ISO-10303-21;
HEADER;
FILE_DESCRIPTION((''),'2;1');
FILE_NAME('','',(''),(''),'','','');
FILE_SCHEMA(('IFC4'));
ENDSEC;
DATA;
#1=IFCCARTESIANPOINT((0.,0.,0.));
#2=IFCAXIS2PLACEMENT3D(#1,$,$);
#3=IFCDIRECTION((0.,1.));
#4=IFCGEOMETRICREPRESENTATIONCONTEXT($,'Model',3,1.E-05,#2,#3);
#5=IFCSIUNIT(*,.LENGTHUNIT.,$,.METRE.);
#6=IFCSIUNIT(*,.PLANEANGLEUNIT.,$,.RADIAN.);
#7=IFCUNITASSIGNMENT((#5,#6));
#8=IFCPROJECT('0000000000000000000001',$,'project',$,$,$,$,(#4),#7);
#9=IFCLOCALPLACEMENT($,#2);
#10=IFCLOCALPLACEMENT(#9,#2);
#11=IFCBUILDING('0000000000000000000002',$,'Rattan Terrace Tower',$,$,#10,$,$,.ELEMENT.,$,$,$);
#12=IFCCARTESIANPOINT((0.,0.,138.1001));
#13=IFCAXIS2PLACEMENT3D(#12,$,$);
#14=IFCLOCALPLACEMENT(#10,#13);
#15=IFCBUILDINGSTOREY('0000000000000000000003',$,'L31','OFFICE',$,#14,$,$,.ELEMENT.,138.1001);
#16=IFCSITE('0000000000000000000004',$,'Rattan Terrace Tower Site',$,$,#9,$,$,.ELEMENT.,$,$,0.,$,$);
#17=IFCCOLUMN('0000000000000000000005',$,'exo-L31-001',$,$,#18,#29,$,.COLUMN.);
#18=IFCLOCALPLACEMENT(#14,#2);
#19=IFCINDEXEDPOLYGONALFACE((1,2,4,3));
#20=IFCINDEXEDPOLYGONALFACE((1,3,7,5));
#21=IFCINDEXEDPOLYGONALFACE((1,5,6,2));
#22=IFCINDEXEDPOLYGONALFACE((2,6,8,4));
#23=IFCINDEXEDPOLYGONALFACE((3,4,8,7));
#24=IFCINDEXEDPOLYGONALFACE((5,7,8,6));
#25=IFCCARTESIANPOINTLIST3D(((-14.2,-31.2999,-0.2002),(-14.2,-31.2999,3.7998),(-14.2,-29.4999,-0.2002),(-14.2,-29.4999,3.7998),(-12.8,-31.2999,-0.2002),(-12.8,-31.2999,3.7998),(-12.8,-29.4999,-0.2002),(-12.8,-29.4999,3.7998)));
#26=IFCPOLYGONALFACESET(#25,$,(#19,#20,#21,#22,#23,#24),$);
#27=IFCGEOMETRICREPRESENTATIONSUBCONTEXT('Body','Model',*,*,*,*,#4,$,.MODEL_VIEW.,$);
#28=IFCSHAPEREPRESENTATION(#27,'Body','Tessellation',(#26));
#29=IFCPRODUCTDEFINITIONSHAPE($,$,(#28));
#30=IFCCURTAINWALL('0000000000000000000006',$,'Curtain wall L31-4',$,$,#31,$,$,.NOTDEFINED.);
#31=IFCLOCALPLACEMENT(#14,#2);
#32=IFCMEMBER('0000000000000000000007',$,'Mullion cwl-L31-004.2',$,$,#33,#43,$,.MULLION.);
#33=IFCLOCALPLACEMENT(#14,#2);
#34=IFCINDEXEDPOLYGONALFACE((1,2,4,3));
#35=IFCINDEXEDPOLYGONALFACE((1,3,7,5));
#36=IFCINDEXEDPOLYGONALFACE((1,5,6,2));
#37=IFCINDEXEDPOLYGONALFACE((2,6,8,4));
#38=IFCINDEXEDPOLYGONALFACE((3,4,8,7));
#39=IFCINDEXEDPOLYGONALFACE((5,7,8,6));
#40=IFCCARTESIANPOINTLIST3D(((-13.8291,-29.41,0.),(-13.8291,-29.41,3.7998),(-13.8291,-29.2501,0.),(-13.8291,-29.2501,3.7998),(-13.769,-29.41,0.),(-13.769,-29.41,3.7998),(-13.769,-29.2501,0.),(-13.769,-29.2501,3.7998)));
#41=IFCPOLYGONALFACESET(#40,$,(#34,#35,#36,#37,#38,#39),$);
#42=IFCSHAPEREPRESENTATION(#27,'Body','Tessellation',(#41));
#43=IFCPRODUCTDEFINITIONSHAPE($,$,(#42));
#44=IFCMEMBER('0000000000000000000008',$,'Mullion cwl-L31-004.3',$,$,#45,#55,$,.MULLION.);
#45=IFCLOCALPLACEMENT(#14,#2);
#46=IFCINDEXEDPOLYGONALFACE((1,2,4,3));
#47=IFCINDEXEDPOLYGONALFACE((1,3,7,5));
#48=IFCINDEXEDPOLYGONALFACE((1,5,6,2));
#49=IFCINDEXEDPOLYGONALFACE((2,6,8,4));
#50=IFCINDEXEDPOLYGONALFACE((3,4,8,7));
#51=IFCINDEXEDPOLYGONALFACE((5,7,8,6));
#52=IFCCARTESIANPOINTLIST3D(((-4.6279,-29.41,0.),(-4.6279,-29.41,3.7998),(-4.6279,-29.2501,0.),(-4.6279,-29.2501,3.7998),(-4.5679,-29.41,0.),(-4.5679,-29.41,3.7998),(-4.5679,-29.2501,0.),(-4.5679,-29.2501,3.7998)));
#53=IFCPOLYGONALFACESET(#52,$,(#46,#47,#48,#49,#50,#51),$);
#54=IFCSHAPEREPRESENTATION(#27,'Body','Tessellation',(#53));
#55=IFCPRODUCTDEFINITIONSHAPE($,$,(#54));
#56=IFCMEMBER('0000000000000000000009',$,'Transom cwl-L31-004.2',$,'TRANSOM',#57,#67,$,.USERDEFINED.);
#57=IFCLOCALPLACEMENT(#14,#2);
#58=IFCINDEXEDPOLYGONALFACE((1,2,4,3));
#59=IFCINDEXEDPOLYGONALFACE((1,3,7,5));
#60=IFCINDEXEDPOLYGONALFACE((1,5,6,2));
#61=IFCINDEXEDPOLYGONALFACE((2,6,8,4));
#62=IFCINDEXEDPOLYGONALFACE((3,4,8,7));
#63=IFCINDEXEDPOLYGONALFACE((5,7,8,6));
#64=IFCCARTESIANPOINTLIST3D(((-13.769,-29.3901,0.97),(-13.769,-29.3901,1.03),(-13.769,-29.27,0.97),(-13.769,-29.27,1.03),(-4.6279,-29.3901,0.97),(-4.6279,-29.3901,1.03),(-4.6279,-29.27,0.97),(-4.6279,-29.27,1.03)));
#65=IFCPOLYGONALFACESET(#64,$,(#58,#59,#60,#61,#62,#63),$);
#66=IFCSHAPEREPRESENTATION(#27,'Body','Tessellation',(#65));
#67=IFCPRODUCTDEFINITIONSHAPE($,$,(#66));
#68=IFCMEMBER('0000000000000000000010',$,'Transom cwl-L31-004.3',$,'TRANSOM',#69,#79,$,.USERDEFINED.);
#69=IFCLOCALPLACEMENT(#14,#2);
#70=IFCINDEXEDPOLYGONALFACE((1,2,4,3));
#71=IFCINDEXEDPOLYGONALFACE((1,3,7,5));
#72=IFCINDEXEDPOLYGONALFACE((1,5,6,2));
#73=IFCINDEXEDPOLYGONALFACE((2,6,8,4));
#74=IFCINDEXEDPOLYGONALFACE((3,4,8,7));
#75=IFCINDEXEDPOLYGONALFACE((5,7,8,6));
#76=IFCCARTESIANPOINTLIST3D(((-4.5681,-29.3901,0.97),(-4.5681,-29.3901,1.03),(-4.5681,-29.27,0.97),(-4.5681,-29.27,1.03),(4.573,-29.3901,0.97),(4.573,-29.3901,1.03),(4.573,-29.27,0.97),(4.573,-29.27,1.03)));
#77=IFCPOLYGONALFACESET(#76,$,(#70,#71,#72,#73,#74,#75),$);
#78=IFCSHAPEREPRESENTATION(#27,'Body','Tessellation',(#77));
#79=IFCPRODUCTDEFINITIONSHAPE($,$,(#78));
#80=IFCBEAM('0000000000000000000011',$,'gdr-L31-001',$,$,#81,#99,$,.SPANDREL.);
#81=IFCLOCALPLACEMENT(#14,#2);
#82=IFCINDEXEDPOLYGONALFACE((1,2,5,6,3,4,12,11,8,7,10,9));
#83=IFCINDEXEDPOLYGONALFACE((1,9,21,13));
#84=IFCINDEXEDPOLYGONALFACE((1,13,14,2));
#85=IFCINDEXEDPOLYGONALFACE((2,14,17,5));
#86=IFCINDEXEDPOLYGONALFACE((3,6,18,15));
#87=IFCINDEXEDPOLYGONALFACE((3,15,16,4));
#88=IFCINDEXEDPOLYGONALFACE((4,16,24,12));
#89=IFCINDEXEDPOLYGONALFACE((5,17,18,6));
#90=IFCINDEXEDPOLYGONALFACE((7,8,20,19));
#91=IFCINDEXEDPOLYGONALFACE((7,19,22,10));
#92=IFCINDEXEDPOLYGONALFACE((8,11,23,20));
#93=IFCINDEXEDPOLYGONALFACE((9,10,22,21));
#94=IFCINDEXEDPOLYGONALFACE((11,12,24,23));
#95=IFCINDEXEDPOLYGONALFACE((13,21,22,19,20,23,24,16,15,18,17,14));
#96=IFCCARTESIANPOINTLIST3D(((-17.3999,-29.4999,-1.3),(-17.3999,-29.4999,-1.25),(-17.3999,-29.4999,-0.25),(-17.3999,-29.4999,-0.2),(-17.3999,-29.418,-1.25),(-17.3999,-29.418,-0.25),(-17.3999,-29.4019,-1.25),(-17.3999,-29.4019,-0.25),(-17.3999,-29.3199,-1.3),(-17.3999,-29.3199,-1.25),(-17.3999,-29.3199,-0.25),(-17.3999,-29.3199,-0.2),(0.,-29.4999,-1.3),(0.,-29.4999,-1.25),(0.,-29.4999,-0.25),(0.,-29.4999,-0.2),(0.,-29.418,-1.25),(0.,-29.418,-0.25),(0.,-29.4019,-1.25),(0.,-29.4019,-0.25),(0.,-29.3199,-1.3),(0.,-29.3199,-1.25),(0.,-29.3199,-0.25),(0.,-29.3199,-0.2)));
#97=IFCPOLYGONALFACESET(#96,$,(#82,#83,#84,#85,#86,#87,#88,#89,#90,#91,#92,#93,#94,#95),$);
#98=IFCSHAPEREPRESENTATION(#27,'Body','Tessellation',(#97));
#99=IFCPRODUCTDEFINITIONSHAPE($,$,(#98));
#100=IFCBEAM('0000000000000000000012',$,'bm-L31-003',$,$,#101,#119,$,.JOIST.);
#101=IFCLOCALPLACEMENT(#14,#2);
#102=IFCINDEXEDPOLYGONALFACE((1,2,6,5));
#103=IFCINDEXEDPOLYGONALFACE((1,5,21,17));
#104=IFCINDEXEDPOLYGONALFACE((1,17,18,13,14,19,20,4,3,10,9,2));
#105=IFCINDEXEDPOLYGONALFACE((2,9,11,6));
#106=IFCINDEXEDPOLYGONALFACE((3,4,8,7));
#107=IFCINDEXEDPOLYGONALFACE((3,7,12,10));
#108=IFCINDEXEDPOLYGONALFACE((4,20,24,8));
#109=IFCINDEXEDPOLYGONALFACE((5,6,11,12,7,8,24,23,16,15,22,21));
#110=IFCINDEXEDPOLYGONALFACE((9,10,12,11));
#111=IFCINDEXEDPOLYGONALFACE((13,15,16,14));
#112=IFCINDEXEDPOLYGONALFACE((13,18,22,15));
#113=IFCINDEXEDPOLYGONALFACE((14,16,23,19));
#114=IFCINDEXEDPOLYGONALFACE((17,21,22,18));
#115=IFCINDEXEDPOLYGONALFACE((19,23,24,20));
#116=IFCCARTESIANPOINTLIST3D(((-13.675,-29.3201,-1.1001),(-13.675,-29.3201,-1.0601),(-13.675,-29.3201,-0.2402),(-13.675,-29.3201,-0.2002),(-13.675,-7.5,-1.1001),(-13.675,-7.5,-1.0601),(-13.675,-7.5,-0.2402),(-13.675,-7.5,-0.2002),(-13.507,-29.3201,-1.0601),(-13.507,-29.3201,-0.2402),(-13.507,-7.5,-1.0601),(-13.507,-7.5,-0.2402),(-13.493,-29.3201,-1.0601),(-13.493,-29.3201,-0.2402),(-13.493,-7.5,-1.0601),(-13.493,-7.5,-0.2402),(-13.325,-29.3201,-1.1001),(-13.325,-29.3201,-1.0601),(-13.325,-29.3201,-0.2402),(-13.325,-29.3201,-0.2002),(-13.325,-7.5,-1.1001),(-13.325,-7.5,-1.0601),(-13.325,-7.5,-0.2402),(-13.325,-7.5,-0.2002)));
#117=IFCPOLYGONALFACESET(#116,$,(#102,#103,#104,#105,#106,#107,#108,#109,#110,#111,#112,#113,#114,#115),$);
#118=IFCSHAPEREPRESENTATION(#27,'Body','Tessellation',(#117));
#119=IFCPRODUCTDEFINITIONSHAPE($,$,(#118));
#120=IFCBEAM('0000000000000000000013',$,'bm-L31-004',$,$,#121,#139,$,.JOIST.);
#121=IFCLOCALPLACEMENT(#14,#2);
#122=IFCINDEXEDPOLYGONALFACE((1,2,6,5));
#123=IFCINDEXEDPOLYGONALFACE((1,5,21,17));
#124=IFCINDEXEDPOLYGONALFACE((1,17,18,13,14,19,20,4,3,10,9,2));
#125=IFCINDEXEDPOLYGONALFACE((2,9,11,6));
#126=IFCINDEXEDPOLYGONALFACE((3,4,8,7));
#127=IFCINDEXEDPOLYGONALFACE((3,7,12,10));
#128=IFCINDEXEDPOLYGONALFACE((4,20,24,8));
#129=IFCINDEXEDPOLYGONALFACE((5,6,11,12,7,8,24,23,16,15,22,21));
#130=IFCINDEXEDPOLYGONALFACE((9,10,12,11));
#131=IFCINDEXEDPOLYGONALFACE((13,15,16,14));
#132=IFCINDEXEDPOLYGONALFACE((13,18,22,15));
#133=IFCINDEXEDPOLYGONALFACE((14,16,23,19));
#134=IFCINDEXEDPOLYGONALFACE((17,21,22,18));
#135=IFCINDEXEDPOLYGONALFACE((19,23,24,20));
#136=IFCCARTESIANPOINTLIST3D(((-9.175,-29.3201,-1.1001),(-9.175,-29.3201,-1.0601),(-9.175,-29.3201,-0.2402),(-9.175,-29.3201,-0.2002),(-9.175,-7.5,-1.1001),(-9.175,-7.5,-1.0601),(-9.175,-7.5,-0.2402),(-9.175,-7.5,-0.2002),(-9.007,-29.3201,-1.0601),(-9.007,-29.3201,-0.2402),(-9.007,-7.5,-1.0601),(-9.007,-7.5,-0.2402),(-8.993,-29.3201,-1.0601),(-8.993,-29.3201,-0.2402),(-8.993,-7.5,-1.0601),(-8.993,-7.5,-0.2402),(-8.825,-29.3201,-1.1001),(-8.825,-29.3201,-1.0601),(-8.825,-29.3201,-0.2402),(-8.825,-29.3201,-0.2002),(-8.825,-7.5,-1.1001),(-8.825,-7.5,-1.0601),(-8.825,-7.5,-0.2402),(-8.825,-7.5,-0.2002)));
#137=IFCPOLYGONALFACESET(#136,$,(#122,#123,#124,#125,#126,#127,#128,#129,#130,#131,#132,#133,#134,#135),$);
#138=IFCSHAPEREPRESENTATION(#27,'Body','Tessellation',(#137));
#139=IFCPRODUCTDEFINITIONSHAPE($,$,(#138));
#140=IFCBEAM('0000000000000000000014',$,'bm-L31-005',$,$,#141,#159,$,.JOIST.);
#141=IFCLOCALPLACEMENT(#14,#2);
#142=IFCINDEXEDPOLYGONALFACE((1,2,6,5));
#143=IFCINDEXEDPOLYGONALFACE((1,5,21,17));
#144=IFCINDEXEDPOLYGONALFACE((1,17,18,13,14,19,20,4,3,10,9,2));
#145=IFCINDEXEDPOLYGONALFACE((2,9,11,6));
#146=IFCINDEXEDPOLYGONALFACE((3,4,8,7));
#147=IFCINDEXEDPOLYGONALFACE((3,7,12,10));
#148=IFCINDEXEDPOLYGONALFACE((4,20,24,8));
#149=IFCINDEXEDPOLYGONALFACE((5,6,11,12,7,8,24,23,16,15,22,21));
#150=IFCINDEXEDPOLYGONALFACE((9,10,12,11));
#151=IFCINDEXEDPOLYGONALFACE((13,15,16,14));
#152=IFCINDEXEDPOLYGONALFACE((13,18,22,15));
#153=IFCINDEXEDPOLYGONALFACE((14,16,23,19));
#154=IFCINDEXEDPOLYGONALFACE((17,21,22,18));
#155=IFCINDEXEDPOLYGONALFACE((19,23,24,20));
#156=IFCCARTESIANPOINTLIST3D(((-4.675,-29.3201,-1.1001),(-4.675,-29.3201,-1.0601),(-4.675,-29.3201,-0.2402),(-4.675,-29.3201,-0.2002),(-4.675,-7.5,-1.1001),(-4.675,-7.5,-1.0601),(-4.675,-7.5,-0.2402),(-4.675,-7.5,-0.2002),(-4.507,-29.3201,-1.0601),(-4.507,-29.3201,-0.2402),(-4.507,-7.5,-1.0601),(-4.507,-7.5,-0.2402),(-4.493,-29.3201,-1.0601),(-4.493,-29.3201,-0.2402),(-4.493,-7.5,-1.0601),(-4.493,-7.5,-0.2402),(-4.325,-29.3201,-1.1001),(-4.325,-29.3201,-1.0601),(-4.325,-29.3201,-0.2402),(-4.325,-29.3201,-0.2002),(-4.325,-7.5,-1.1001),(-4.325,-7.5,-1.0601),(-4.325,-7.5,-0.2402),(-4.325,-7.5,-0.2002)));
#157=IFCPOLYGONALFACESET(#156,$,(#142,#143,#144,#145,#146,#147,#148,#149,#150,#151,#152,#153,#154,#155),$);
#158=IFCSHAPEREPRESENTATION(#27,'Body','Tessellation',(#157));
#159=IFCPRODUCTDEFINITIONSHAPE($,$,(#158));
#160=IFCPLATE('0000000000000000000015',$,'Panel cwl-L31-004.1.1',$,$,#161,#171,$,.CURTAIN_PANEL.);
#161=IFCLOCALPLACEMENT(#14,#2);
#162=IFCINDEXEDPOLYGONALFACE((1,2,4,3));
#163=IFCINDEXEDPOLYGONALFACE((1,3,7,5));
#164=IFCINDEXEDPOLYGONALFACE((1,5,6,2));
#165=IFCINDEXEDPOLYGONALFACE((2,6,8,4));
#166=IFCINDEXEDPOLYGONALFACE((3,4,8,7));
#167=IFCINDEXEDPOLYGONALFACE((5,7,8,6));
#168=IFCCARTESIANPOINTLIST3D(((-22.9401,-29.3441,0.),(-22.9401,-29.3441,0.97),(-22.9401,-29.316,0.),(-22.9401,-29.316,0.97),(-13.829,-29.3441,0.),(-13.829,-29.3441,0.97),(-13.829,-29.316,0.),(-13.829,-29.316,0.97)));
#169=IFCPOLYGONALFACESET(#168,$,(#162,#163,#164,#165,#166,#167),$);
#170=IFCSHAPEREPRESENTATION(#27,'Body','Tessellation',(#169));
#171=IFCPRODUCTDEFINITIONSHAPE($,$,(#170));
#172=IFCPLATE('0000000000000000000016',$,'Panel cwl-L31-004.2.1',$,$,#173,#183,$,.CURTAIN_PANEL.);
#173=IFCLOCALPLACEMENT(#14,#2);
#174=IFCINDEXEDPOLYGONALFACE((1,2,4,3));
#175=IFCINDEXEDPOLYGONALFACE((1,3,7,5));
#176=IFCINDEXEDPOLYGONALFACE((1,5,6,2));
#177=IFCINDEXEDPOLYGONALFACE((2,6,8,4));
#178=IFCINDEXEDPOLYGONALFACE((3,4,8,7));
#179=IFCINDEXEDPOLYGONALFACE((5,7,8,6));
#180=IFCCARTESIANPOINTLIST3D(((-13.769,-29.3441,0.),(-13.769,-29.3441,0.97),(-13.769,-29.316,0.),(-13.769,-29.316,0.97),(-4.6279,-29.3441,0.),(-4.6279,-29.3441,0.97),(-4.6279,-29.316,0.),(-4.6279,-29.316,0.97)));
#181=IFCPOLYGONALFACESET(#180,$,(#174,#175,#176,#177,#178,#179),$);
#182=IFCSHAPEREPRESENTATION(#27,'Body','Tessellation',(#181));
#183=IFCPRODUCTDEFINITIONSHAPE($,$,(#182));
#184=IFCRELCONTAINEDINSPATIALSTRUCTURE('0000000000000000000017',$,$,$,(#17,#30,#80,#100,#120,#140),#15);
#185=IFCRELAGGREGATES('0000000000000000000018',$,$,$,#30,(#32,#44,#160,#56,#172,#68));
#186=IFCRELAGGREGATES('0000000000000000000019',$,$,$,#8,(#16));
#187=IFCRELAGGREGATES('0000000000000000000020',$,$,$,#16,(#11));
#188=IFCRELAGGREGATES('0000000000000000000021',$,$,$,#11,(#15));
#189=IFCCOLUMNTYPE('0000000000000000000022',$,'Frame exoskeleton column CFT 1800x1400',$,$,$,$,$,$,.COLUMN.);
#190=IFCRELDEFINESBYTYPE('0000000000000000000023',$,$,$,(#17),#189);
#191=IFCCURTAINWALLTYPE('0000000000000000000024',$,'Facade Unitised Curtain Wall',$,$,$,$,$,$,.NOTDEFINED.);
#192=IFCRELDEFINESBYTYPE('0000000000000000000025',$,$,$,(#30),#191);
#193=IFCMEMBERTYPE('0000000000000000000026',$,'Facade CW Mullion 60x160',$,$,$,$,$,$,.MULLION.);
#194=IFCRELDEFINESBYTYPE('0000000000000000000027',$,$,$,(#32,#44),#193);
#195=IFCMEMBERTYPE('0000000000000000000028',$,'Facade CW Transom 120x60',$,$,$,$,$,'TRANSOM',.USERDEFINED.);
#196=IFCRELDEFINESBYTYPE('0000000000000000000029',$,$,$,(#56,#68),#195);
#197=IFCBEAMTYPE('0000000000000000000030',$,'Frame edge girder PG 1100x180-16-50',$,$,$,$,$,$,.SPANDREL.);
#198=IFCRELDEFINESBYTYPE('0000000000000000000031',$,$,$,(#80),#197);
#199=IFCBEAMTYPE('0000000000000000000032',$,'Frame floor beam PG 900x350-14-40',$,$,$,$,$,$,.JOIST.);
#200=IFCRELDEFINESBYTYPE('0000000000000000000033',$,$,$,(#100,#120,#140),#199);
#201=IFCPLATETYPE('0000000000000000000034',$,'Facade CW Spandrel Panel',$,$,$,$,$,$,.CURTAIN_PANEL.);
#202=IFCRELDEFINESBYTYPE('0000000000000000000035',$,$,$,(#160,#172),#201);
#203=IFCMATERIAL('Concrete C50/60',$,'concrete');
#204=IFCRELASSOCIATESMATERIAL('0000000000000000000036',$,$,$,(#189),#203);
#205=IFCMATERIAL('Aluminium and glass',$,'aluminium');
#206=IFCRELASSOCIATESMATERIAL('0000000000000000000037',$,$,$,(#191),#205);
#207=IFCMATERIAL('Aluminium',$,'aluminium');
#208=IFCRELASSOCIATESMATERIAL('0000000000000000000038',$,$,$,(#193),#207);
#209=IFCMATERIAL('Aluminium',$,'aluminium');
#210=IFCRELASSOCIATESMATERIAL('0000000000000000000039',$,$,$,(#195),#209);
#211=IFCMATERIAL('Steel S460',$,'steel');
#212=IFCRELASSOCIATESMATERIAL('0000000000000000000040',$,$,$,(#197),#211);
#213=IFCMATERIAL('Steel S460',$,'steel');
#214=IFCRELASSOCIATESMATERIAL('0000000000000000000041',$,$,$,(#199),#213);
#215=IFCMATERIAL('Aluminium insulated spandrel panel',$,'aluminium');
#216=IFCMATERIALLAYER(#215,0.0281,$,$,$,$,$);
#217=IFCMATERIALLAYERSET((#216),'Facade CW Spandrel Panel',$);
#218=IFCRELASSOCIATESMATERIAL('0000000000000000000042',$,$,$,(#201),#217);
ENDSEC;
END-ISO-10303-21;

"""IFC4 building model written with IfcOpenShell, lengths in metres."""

from ifc_helpers import new_model, si_unit, direction, frame, origin, origin_2d, place, context, subcontext, project, spatial, rectangle, i_section, extrude, material, layer, layer_set, material_profile, profile_set, type_object, element, aggregate, save


model = new_model("IFC4")

# Units and contexts
model_context = context("Model", 3, precision=1e-05, world=origin(), true_north=direction((0.0, 1.0)))
body_context = subcontext(model_context, "Body", "Model", "MODEL_VIEW")
ifc_project = project(units=[si_unit("LENGTHUNIT", "METRE"), si_unit("PLANEANGLEUNIT", "RADIAN")], contexts=[model_context])

# Site, building, storey
site_placement = place(None, origin())
site = spatial("IfcSite", under=ifc_project, at=site_placement, Name="Rattan Terrace Tower Site", CompositionType="ELEMENT", RefElevation=0.0)
building_placement = place(site_placement, origin())
building = spatial("IfcBuilding", under=site, at=building_placement, Name="Rattan Terrace Tower", CompositionType="ELEMENT")
storey_placement = place(building_placement, frame((0.0, 0.0, 138.1001)))
storey = spatial("IfcBuildingStorey", under=building, at=storey_placement, Name="L31", Description="OFFICE", CompositionType="ELEMENT", Elevation=138.1001)

# Column
ifc_material_1 = material(Name="Concrete C50/60", Category="concrete")
ifc_material_profile_1 = material_profile(ifc_material_1, rectangle(XDim=1.3999, YDim=1.8, at=origin_2d()), Name="CFT 1800x1400")
ifc_profile_set_1 = profile_set([ifc_material_profile_1], Name="Concrete C50/60")
column_type = type_object("IfcColumnType", Name="Frame exoskeleton column CFT 1800x1400", PredefinedType="COLUMN", material=ifc_profile_set_1)
column_placement = place(storey_placement, frame((-13.5, -30.3999, -0.2002), z_axis=(0.0, 0.0, 1.0), x_axis=(1.0, 0.0, 0.0)))
element("IfcColumn", 1, at=column_placement, inside=storey, type_object=column_type, Name="exo-L31-001", PredefinedType="COLUMN", context=body_context, shape_type="SweptSolid", body=[
    extrude(rectangle(XDim=1.3999, YDim=1.8, at=origin_2d()), origin(), (0.0, 0.0, 1.0), 4.0),
])

# Curtain wall, members
ifc_material_2 = material(Name="Aluminium and glass", Category="aluminium")
curtain_wall_type = type_object("IfcCurtainWallType", Name="Facade Unitised Curtain Wall", PredefinedType="NOTDEFINED", material=ifc_material_2)
curtain_wall_placement = place(storey_placement, origin())
curtain_wall = element("IfcCurtainWall", 2, at=curtain_wall_placement, inside=storey, type_object=curtain_wall_type, Name="Curtain wall L31-4", PredefinedType="NOTDEFINED")
ifc_material_3 = material(Name="Aluminium", Category="aluminium")
ifc_material_profile_2 = material_profile(ifc_material_3, rectangle(XDim=0.0601, YDim=0.1599, at=origin_2d()), Name="Aluminium 60x160")
ifc_profile_set_2 = profile_set([ifc_material_profile_2], Name="Aluminium")
member_type_1 = type_object("IfcMemberType", Name="Facade CW Mullion 60x160", PredefinedType="MULLION", material=ifc_profile_set_2)
member_1_placement = place(storey_placement, frame((-13.7991, -29.3301, 0.0), z_axis=(0.0, 0.0, 1.0), x_axis=(1.0, 0.0, 0.0)))
member_1 = element("IfcMember", 3, at=member_1_placement, type_object=member_type_1, Name="Mullion cwl-L31-004.2", PredefinedType="MULLION", context=body_context, shape_type="SweptSolid", body=[
    extrude(rectangle(XDim=0.0601, YDim=0.1599, at=origin_2d()), origin(), (0.0, 0.0, 1.0), 3.7998),
])
member_2_placement = place(storey_placement, frame((-4.5979, -29.3301, 0.0), z_axis=(0.0, 0.0, 1.0), x_axis=(1.0, 0.0, 0.0)))
member_2 = element("IfcMember", 4, at=member_2_placement, type_object=member_type_1, Name="Mullion cwl-L31-004.3", PredefinedType="MULLION", context=body_context, shape_type="SweptSolid", body=[
    extrude(rectangle(XDim=0.0601, YDim=0.1599, at=origin_2d()), origin(), (0.0, 0.0, 1.0), 3.7998),
])
ifc_material_4 = material(Name="Aluminium", Category="aluminium")
ifc_material_profile_3 = material_profile(ifc_material_4, rectangle(XDim=0.1201, YDim=0.0601, at=origin_2d()), Name="Aluminium 120x60")
ifc_profile_set_3 = profile_set([ifc_material_profile_3], Name="Aluminium")
member_type_2 = type_object("IfcMemberType", Name="Facade CW Transom 120x60", ElementType="TRANSOM", PredefinedType="USERDEFINED", material=ifc_profile_set_3)
member_3_placement = place(storey_placement, frame((-13.769, -29.3301, 1.0), z_axis=(1.0, 0.0, 0.0), x_axis=(0.0, 1.0, 0.0)))
member_3 = element("IfcMember", 5, at=member_3_placement, type_object=member_type_2, Name="Transom cwl-L31-004.2", ObjectType="TRANSOM", PredefinedType="USERDEFINED", context=body_context, shape_type="SweptSolid", body=[
    extrude(rectangle(XDim=0.1201, YDim=0.0601, at=origin_2d()), origin(), (0.0, 0.0, 1.0), 9.1411),
])
member_4_placement = place(storey_placement, frame((-4.5681, -29.3301, 1.0), z_axis=(1.0, 0.0, 0.0), x_axis=(0.0, 1.0, 0.0)))
member_4 = element("IfcMember", 6, at=member_4_placement, type_object=member_type_2, Name="Transom cwl-L31-004.3", ObjectType="TRANSOM", PredefinedType="USERDEFINED", context=body_context, shape_type="SweptSolid", body=[
    extrude(rectangle(XDim=0.1201, YDim=0.0601, at=origin_2d()), origin(), (0.0, 0.0, 1.0), 9.1411),
])

# Beams
ifc_material_5 = material(Name="Steel S460", Category="steel")
ifc_material_profile_4 = material_profile(ifc_material_5, i_section(OverallWidth=0.1799, OverallDepth=1.1001, WebThickness=0.0161, FlangeThickness=0.05, at=origin_2d()), Name="PG 1100x180-16-50")
ifc_profile_set_4 = profile_set([ifc_material_profile_4], Name="Steel S460")
beam_type_1 = type_object("IfcBeamType", Name="Frame edge girder PG 1100x180-16-50", PredefinedType="SPANDREL", material=ifc_profile_set_4)
beam_placement = place(storey_placement, frame((-17.3999, -29.4099, -0.75), z_axis=(1.0, 0.0, 0.0), x_axis=(0.0, 1.0, 0.0)))
element("IfcBeam", 7, at=beam_placement, inside=storey, type_object=beam_type_1, Name="gdr-L31-001", PredefinedType="SPANDREL", context=body_context, shape_type="SweptSolid", body=[
    extrude(i_section(OverallWidth=0.1799, OverallDepth=1.1001, WebThickness=0.0161, FlangeThickness=0.05, at=origin_2d()), origin(), (0.0, 0.0, 1.0), 17.3999),
])
ifc_material_6 = material(Name="Steel S460", Category="steel")
ifc_material_profile_5 = material_profile(ifc_material_6, i_section(OverallWidth=0.3501, OverallDepth=0.8999, WebThickness=0.0139, FlangeThickness=0.04, at=origin_2d()), Name="PG 900x350-14-40")
ifc_profile_set_5 = profile_set([ifc_material_profile_5], Name="Steel S460")
beam_type_2 = type_object("IfcBeamType", Name="Frame floor beam PG 900x350-14-40", PredefinedType="JOIST", material=ifc_profile_set_5)
for number, where, z_axis, x_axis, name in (
    (8, (-13.5, -29.3201, -0.6501), (0.0, 1.0, 0.0), (-1.0, 0.0, 0.0), "bm-L31-003"),
    (9, (-9.0, -29.3201, -0.6501), (0.0, 1.0, 0.0), (-1.0, 0.0, 0.0), "bm-L31-004"),
    (10, (-4.5, -29.3201, -0.6501), (0.0, 1.0, 0.0), (-1.0, 0.0, 0.0), "bm-L31-005"),
):
    element("IfcBeam", number, at=place(storey_placement, frame(where, z_axis=z_axis, x_axis=x_axis)), inside=storey, type_object=beam_type_2, Name=name, PredefinedType="JOIST", context=body_context, shape_type="SweptSolid", body=[
        extrude(i_section(OverallWidth=0.3501, OverallDepth=0.8999, WebThickness=0.0139, FlangeThickness=0.04, at=origin_2d()), origin(), (0.0, 0.0, 1.0), 21.8201),
    ])

# Plates
ifc_material_7 = material(Name="Aluminium insulated spandrel panel", Category="aluminium")
ifc_layer_1 = layer(ifc_material_7, 0.0281)
ifc_layer_set_1 = layer_set([ifc_layer_1], Name="Facade CW Spandrel Panel")
plate_type_1 = type_object("IfcPlateType", Name="Facade CW Spandrel Panel", PredefinedType="CURTAIN_PANEL", material=ifc_layer_set_1)
plate_1_placement = place(storey_placement, frame((-18.3845, -29.3301, 0.0), z_axis=(0.0, 0.0, 1.0), x_axis=(1.0, 0.0, 0.0)))
plate_1 = element("IfcPlate", 11, at=plate_1_placement, type_object=plate_type_1, Name="Panel cwl-L31-004.1.1", PredefinedType="CURTAIN_PANEL", context=body_context, shape_type="SweptSolid", body=[
    extrude(rectangle(XDim=9.1111, YDim=0.0281, at=origin_2d()), origin(), (0.0, 0.0, 1.0), 0.97),
])
plate_2_placement = place(storey_placement, frame((-9.1985, -29.3301, 0.0), z_axis=(0.0, 0.0, 1.0), x_axis=(1.0, 0.0, 0.0)))
plate_2 = element("IfcPlate", 12, at=plate_2_placement, type_object=plate_type_1, Name="Panel cwl-L31-004.2.1", PredefinedType="CURTAIN_PANEL", context=body_context, shape_type="SweptSolid", body=[
    extrude(rectangle(XDim=9.1411, YDim=0.0281, at=origin_2d()), origin(), (0.0, 0.0, 1.0), 0.97),
])
aggregate(curtain_wall, [member_1, member_2, plate_1, member_3, plate_2, member_4])

save(model, "model.ifc")
